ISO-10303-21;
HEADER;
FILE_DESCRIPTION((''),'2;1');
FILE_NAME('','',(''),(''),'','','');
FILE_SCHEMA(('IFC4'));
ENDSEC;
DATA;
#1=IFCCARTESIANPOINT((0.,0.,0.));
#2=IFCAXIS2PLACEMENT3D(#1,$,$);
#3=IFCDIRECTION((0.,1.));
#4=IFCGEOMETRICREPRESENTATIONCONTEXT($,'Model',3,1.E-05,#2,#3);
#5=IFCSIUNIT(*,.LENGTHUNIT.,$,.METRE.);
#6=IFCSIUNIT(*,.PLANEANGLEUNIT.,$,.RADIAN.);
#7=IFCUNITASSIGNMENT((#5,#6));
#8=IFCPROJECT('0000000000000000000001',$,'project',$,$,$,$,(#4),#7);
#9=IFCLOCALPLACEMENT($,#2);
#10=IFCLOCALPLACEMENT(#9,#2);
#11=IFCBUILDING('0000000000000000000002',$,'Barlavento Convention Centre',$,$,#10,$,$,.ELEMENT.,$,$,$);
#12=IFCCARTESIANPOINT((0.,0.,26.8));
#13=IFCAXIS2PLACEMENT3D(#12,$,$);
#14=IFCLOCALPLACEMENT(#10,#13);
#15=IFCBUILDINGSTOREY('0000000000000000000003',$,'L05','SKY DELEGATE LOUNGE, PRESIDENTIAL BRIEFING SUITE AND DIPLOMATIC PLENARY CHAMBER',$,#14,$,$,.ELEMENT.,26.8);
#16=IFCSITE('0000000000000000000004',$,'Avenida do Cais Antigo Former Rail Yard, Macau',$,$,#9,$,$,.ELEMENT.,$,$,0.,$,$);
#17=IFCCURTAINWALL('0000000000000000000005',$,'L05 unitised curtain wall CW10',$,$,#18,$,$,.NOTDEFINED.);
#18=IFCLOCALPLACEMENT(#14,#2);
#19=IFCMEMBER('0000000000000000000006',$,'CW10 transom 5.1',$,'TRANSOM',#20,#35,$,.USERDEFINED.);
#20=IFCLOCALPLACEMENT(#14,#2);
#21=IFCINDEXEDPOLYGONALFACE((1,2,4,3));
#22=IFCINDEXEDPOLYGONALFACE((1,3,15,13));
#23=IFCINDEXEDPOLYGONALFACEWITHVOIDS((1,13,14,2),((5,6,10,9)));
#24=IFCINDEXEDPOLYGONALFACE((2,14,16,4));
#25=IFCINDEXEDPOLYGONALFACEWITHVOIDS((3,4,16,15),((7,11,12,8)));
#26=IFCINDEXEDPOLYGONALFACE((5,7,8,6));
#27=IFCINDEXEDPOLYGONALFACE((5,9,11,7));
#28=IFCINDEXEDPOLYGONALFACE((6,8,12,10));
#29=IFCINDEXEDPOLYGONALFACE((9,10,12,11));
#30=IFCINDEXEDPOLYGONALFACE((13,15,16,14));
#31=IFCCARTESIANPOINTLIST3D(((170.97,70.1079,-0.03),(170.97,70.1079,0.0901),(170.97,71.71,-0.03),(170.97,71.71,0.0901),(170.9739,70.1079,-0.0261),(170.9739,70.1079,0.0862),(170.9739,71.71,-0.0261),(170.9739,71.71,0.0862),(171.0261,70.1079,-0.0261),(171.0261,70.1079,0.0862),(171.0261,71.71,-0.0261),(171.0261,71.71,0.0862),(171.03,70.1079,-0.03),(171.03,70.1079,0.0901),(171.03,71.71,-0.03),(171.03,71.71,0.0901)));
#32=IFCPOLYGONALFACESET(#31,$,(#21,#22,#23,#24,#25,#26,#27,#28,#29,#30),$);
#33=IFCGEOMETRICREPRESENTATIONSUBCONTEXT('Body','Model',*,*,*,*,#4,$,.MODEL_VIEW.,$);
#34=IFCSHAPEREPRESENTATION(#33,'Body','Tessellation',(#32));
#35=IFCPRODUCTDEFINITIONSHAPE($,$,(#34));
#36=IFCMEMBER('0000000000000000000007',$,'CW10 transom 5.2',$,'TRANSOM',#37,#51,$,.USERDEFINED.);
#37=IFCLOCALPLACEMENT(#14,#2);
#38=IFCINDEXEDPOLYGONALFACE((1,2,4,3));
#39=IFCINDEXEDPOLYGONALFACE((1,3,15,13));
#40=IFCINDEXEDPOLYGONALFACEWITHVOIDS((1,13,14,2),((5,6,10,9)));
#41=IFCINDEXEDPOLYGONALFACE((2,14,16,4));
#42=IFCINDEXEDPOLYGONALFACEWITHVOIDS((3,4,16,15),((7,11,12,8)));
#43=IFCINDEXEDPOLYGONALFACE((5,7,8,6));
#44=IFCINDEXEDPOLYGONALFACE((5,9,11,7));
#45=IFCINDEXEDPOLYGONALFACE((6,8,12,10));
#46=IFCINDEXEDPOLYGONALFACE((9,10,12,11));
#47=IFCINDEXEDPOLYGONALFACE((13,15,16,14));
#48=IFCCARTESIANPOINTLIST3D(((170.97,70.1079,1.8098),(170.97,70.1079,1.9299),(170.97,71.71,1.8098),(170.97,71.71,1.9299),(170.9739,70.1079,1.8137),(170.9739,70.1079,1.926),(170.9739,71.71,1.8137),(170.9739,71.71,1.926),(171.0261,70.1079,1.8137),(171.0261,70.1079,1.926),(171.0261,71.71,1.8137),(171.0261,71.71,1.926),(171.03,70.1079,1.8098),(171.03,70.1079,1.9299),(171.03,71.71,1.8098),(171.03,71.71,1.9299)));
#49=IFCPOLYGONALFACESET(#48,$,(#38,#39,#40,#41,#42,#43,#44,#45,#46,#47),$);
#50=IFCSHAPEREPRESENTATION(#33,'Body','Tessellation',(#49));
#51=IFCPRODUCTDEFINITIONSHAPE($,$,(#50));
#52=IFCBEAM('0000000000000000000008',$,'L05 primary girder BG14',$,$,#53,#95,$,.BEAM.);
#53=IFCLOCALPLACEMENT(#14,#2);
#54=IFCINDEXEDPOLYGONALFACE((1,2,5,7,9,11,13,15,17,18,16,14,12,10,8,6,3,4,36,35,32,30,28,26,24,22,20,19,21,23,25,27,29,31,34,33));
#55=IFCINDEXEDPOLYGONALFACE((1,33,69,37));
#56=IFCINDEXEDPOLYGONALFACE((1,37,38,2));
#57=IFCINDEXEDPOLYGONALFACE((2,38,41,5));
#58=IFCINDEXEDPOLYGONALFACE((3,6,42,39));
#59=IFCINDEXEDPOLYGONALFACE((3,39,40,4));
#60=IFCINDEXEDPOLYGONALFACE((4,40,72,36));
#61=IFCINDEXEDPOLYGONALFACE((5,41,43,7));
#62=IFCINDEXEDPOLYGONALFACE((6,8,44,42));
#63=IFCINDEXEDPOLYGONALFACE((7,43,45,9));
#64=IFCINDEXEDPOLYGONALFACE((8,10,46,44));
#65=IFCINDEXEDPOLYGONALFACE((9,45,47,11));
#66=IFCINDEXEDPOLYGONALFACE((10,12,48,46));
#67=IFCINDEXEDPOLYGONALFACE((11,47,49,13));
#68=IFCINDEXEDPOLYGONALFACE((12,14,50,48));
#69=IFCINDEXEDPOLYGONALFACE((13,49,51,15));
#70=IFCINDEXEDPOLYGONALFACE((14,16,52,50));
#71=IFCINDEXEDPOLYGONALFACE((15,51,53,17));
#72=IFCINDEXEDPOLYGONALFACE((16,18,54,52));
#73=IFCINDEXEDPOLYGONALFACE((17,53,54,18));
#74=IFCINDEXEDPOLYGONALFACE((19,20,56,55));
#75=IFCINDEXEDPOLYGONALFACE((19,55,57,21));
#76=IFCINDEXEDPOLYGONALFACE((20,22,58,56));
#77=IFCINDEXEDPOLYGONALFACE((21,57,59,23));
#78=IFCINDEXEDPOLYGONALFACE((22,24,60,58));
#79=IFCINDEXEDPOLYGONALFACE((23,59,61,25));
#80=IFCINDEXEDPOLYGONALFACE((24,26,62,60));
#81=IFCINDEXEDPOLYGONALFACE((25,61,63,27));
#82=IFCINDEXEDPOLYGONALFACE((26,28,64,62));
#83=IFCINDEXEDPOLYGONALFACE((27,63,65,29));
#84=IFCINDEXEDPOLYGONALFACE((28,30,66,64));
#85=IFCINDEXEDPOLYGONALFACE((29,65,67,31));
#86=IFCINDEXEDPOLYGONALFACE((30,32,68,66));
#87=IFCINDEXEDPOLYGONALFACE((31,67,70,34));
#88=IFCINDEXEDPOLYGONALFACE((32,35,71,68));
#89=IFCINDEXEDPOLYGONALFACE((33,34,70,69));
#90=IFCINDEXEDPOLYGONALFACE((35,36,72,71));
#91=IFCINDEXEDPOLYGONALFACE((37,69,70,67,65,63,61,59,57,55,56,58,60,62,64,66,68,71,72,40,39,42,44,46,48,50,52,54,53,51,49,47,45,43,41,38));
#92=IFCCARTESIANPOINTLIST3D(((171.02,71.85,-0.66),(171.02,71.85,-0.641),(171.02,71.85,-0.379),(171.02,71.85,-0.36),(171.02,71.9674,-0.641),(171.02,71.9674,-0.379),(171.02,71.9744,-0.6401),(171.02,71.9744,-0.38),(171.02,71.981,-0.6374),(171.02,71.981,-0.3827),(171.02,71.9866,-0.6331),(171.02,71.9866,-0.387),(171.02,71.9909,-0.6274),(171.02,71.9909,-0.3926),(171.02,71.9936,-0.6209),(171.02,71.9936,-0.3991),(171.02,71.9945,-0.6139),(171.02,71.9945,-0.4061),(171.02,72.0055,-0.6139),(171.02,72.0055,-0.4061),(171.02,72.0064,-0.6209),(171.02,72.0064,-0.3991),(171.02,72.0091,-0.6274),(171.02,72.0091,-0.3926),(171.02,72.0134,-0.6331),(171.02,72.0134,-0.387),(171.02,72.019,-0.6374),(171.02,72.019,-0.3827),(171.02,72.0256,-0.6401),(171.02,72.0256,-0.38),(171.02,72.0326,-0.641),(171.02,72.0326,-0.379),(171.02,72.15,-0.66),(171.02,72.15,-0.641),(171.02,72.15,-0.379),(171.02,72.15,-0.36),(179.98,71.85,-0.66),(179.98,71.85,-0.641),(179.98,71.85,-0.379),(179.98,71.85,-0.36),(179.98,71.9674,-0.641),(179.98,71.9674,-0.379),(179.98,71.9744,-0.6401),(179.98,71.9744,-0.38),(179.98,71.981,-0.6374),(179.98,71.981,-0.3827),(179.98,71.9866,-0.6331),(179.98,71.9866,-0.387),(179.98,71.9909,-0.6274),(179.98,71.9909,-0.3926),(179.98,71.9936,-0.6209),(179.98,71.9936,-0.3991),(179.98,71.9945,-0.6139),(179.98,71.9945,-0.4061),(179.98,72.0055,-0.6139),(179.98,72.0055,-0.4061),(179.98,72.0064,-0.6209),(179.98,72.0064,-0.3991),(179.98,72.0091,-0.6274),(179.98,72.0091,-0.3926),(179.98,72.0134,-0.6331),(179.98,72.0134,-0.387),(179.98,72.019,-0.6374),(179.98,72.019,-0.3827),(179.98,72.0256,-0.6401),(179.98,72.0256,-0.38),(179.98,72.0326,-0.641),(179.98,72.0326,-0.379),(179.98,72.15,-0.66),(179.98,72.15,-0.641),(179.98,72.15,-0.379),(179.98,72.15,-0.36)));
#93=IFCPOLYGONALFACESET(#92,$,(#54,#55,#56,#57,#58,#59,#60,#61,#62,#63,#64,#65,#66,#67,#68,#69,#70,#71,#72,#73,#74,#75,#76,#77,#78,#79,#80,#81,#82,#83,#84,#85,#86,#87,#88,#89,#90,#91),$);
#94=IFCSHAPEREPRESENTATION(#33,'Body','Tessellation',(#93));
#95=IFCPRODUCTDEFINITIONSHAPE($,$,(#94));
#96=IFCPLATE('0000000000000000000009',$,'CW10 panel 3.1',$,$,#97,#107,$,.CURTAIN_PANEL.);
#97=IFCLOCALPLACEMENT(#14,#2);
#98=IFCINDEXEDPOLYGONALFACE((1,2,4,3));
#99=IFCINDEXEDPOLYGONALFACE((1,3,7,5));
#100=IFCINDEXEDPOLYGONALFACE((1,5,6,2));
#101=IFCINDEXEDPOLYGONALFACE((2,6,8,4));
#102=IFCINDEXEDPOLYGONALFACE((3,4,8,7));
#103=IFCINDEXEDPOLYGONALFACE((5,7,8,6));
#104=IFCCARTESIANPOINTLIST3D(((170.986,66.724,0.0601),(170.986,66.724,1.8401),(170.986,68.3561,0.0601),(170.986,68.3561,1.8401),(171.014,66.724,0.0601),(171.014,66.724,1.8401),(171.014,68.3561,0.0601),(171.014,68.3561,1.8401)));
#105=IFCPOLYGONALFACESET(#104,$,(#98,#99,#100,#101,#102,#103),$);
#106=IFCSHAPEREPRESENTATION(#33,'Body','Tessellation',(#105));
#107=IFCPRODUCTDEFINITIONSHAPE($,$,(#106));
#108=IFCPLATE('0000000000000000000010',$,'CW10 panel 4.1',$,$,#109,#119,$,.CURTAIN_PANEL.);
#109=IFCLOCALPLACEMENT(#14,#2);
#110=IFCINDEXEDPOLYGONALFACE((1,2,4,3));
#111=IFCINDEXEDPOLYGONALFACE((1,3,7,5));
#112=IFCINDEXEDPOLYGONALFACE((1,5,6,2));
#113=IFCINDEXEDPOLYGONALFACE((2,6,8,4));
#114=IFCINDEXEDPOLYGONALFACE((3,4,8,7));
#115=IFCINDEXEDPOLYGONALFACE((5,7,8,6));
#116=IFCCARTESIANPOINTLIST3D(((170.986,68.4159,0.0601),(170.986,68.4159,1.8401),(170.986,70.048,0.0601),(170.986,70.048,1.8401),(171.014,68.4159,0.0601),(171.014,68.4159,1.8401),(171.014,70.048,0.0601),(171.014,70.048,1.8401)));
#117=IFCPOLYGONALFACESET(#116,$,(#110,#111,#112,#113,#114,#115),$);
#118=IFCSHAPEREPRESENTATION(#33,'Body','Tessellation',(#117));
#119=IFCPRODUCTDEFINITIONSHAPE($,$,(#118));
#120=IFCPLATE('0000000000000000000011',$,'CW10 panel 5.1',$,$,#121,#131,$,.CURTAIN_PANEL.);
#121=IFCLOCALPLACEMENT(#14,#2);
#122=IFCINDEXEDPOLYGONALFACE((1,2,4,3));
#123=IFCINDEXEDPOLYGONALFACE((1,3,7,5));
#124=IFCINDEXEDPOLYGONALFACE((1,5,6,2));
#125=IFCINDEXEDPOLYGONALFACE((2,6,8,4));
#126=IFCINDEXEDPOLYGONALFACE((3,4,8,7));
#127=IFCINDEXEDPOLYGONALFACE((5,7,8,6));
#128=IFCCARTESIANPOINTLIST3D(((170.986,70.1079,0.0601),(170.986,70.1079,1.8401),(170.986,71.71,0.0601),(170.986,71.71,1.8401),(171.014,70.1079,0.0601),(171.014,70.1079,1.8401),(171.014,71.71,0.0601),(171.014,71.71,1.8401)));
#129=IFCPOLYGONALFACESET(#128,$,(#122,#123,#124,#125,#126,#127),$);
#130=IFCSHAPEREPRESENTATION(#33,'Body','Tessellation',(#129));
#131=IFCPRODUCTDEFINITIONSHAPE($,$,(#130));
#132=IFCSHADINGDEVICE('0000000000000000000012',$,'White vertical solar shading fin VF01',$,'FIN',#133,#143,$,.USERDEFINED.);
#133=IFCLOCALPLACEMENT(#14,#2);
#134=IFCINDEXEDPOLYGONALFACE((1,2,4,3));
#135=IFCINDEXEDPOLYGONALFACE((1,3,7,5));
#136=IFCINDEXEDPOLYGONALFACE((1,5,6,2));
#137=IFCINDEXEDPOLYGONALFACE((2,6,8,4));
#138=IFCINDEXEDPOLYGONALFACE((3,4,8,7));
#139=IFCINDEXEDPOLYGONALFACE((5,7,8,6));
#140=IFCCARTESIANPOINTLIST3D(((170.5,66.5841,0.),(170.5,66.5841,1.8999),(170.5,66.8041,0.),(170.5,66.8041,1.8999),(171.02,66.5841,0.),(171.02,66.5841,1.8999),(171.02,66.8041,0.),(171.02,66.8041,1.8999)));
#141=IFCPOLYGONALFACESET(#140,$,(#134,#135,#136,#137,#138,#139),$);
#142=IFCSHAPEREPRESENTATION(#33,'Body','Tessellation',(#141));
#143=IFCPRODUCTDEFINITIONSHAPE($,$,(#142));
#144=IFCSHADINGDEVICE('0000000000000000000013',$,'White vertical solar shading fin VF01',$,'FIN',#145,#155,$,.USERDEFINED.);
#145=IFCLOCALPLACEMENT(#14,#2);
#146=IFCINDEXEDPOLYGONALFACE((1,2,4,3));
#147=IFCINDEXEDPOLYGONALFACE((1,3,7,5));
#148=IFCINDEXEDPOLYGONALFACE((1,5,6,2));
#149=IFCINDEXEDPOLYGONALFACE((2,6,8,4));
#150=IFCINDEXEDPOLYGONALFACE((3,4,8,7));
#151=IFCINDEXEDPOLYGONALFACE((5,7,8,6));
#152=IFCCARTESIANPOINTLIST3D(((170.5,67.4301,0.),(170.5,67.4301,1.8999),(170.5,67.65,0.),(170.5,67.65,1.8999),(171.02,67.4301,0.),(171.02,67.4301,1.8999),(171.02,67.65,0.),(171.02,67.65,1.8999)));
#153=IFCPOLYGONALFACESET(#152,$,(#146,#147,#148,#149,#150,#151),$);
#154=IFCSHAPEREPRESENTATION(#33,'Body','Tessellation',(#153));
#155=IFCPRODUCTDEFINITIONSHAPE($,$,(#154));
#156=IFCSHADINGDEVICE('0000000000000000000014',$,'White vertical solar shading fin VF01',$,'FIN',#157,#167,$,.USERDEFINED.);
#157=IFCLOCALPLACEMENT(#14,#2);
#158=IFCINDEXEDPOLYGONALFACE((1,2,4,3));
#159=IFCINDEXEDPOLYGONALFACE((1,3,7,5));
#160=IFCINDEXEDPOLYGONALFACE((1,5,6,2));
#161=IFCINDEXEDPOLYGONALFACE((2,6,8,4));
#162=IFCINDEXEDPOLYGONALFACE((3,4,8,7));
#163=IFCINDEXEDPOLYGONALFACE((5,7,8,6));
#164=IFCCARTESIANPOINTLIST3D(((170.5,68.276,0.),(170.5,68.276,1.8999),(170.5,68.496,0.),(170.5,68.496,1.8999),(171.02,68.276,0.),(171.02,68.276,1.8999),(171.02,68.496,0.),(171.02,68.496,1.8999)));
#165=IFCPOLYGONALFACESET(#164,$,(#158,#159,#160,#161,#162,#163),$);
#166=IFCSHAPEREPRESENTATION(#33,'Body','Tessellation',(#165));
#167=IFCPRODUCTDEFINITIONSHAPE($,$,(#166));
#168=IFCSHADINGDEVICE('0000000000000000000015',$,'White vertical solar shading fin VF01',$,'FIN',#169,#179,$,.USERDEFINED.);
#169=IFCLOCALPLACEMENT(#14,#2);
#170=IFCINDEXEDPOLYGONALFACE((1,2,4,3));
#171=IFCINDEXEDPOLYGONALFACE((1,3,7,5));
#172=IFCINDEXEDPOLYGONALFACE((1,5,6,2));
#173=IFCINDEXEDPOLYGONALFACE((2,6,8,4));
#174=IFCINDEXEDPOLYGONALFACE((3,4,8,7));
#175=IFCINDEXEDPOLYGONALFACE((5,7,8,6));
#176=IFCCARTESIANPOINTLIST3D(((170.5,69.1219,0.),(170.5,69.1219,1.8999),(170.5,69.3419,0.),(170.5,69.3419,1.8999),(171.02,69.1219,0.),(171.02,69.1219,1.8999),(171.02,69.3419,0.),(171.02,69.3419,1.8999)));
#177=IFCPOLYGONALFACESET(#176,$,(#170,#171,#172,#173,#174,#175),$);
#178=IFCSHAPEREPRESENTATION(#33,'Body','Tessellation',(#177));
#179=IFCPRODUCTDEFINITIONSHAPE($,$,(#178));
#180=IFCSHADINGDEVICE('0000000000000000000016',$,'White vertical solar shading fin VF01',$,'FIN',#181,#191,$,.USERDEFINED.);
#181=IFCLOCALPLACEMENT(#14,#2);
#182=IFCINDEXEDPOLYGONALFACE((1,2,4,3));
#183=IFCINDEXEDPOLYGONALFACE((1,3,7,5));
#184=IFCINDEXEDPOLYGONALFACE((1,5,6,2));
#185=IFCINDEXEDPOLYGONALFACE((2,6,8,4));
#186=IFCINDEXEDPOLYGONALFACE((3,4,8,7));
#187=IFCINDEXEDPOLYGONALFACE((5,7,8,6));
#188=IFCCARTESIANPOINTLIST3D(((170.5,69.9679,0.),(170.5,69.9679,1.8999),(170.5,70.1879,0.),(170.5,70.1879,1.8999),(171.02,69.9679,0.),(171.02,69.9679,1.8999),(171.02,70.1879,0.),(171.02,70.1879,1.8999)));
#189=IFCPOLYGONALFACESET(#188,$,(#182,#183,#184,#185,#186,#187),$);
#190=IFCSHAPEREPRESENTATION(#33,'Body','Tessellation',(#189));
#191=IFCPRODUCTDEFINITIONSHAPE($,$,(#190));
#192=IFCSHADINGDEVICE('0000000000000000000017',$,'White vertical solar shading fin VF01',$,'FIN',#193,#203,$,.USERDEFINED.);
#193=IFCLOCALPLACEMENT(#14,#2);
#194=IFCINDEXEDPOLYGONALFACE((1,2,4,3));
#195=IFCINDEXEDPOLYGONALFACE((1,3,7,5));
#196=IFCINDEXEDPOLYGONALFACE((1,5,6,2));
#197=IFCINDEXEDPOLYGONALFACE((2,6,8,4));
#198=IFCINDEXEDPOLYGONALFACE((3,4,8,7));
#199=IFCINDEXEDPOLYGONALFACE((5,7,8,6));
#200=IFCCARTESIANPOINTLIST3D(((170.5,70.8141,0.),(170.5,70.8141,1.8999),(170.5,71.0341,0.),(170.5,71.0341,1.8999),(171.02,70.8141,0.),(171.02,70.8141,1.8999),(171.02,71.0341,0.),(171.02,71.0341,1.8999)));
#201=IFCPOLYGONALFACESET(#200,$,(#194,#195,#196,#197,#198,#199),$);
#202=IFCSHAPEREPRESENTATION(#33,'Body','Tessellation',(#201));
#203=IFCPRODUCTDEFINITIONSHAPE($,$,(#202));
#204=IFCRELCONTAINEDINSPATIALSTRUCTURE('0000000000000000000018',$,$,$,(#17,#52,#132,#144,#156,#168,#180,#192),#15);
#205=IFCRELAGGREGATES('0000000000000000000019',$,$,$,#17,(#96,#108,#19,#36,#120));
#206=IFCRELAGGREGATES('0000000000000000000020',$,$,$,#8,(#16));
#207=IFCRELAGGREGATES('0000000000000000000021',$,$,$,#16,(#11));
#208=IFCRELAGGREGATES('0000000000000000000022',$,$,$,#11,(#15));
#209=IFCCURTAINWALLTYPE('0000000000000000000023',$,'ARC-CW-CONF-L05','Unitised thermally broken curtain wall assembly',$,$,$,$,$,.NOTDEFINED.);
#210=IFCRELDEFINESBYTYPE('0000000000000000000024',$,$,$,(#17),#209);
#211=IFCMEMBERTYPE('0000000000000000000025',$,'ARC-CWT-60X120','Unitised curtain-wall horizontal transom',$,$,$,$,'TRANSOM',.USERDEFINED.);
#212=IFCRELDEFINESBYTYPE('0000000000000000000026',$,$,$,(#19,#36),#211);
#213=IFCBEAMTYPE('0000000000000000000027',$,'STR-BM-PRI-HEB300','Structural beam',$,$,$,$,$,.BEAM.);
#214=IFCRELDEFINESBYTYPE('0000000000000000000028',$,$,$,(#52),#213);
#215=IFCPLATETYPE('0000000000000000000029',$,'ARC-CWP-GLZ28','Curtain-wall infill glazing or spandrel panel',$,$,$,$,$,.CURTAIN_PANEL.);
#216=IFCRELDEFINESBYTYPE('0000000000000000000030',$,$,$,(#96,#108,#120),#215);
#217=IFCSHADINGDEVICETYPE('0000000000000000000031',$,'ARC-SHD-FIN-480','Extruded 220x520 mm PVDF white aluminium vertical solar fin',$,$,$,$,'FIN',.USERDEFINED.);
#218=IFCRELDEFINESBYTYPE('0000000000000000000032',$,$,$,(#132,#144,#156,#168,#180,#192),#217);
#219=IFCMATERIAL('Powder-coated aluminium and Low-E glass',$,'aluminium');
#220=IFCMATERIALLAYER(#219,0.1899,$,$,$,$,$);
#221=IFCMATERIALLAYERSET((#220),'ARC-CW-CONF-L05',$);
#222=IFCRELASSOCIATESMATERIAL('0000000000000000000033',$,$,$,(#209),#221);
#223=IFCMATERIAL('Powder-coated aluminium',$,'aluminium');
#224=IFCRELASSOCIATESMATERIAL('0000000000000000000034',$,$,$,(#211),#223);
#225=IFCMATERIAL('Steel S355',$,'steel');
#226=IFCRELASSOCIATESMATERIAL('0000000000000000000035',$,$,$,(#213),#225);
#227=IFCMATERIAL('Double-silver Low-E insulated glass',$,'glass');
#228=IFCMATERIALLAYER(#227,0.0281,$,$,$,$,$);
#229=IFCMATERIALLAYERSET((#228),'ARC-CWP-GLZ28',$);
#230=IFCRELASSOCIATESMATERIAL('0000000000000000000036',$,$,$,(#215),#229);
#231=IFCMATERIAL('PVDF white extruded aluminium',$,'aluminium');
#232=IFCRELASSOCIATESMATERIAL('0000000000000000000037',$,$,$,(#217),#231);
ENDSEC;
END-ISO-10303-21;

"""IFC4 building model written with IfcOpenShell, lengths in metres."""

from ifc_helpers import new_model, si_unit, direction, frame, origin, origin_2d, place, context, subcontext, project, spatial, rectangle, hollow_rectangle, i_section, extrude, material, layer, layer_set, material_profile, profile_set, type_object, element, aggregate, save


model = new_model("IFC4")

# Units and contexts
model_context = context("Model", 3, precision=1e-05, world=origin(), true_north=direction((0.0, 1.0)))
body_context = subcontext(model_context, "Body", "Model", "MODEL_VIEW")
ifc_project = project(units=[si_unit("LENGTHUNIT", "METRE"), si_unit("PLANEANGLEUNIT", "RADIAN")], contexts=[model_context])

# Site, building, storey
site_placement = place(None, origin())
site = spatial("IfcSite", under=ifc_project, at=site_placement, Name="Avenida do Cais Antigo Former Rail Yard, Macau", CompositionType="ELEMENT", RefElevation=0.0)
building_placement = place(site_placement, origin())
building = spatial("IfcBuilding", under=site, at=building_placement, Name="Barlavento Convention Centre", CompositionType="ELEMENT")
storey_placement = place(building_placement, frame((0.0, 0.0, 26.8)))
storey = spatial("IfcBuildingStorey", under=building, at=storey_placement, Name="L05", Description="SKY DELEGATE LOUNGE, PRESIDENTIAL BRIEFING SUITE AND DIPLOMATIC PLENARY CHAMBER", CompositionType="ELEMENT", Elevation=26.8)

# Shared definitions
ifc_material_1 = material(Name="Steel S355", Category="steel")

# Curtain wall, members
ifc_material_2 = material(Name="Powder-coated aluminium and Low-E glass", Category="aluminium")
ifc_layer_1 = layer(ifc_material_2, 0.1899)
ifc_layer_set_1 = layer_set([ifc_layer_1], Name="ARC-CW-CONF-L05")
curtain_wall_type = type_object("IfcCurtainWallType", Name="ARC-CW-CONF-L05", Description="Unitised thermally broken curtain wall assembly", PredefinedType="NOTDEFINED", material=ifc_layer_set_1)
curtain_wall_placement = place(storey_placement, origin())
curtain_wall = element("IfcCurtainWall", 1, at=curtain_wall_placement, inside=storey, type_object=curtain_wall_type, Name="L05 unitised curtain wall CW10", PredefinedType="NOTDEFINED")
ifc_material_3 = material(Name="Powder-coated aluminium", Category="aluminium")
ifc_material_profile_1 = material_profile(ifc_material_3, hollow_rectangle(XDim=0.0601, YDim=0.1201, WallThickness=0.0039, at=origin_2d()), Name="AL-TRAN 60x120x4")
ifc_profile_set_1 = profile_set([ifc_material_profile_1], Name="Powder-coated aluminium")
member_type_1 = type_object("IfcMemberType", Name="ARC-CWT-60X120", Description="Unitised curtain-wall horizontal transom", ElementType="TRANSOM", PredefinedType="USERDEFINED", material=ifc_profile_set_1)
member_1_placement = place(storey_placement, frame((171.0, 70.1079, 0.03), z_axis=(0.0, 1.0, 0.0), x_axis=(-1.0, 0.0, 0.0)))
member_1 = element("IfcMember", 2, at=member_1_placement, type_object=member_type_1, Name="CW10 transom 5.1", ObjectType="TRANSOM", PredefinedType="USERDEFINED", context=body_context, shape_type="SweptSolid", body=[
    extrude(hollow_rectangle(XDim=0.0601, YDim=0.1201, WallThickness=0.0039, at=origin_2d()), origin(), (0.0, 0.0, 1.0), 1.6021),
])
member_2_placement = place(storey_placement, frame((171.0, 70.1079, 1.8699), z_axis=(0.0, 1.0, 0.0), x_axis=(-1.0, 0.0, 0.0)))
member_2 = element("IfcMember", 3, at=member_2_placement, type_object=member_type_1, Name="CW10 transom 5.2", ObjectType="TRANSOM", PredefinedType="USERDEFINED", context=body_context, shape_type="SweptSolid", body=[
    extrude(hollow_rectangle(XDim=0.0601, YDim=0.1201, WallThickness=0.0039, at=origin_2d()), origin(), (0.0, 0.0, 1.0), 1.6021),
])

# Beam
ifc_material_profile_2 = material_profile(ifc_material_1, i_section(OverallWidth=0.3, OverallDepth=0.3, WebThickness=0.011, FlangeThickness=0.019, FilletRadius=0.0271, at=origin_2d()), Name="HEB 300")
ifc_profile_set_2 = profile_set([ifc_material_profile_2], Name="Steel S355")
beam_type = type_object("IfcBeamType", Name="STR-BM-PRI-HEB300", Description="Structural beam", PredefinedType="BEAM", material=ifc_profile_set_2)
beam_placement = place(storey_placement, frame((171.02, 72.0, -0.51), z_axis=(1.0, 0.0, 0.0), x_axis=(0.0, 1.0, 0.0)))
element("IfcBeam", 4, at=beam_placement, inside=storey, type_object=beam_type, Name="L05 primary girder BG14", PredefinedType="BEAM", context=body_context, shape_type="SweptSolid", body=[
    extrude(i_section(OverallWidth=0.3, OverallDepth=0.3, WebThickness=0.011, FlangeThickness=0.019, FilletRadius=0.0271, at=origin_2d()), origin(), (0.0, 0.0, 1.0), 8.96),
])

# Plates
ifc_material_4 = material(Name="Double-silver Low-E insulated glass", Category="glass")
ifc_layer_2 = layer(ifc_material_4, 0.0281)
ifc_layer_set_2 = layer_set([ifc_layer_2], Name="ARC-CWP-GLZ28")
plate_type = type_object("IfcPlateType", Name="ARC-CWP-GLZ28", Description="Curtain-wall infill glazing or spandrel panel", PredefinedType="CURTAIN_PANEL", material=ifc_layer_set_2)
plate_1_placement = place(storey_placement, frame((171.0, 67.54, 0.0601), z_axis=(0.0, 0.0, 1.0), x_axis=(0.0, 1.0, 0.0)))
plate_1 = element("IfcPlate", 5, at=plate_1_placement, type_object=plate_type, Name="CW10 panel 3.1", PredefinedType="CURTAIN_PANEL", context=body_context, shape_type="SweptSolid", body=[
    extrude(rectangle(XDim=1.6321, YDim=0.0281, at=origin_2d()), origin(), (0.0, 0.0, 1.0), 1.78),
])
plate_2_placement = place(storey_placement, frame((171.0, 69.2319, 0.0601), z_axis=(0.0, 0.0, 1.0), x_axis=(0.0, 1.0, 0.0)))
plate_2 = element("IfcPlate", 6, at=plate_2_placement, type_object=plate_type, Name="CW10 panel 4.1", PredefinedType="CURTAIN_PANEL", context=body_context, shape_type="SweptSolid", body=[
    extrude(rectangle(XDim=1.6321, YDim=0.0281, at=origin_2d()), origin(), (0.0, 0.0, 1.0), 1.78),
])
plate_3_placement = place(storey_placement, frame((171.0, 70.9089, 0.0601), z_axis=(0.0, 0.0, 1.0), x_axis=(0.0, 1.0, 0.0)))
plate_3 = element("IfcPlate", 7, at=plate_3_placement, type_object=plate_type, Name="CW10 panel 5.1", PredefinedType="CURTAIN_PANEL", context=body_context, shape_type="SweptSolid", body=[
    extrude(rectangle(XDim=1.6021, YDim=0.0281, at=origin_2d()), origin(), (0.0, 0.0, 1.0), 1.78),
])
aggregate(curtain_wall, [plate_1, plate_2, member_1, member_2, plate_3])

# Shading devices
ifc_material_5 = material(Name="PVDF white extruded aluminium", Category="aluminium")
shading_device_type = type_object("IfcShadingDeviceType", Name="ARC-SHD-FIN-480", Description="Extruded 220x520 mm PVDF white aluminium vertical solar fin", ElementType="FIN", PredefinedType="USERDEFINED", material=ifc_material_5)
for number, where, z_axis, x_axis, name in (
    (8, (170.76, 66.6941, 0.0), (0.0, 0.0, 1.0), (0.0, 1.0, 0.0), "White vertical solar shading fin VF01"),
    (9, (170.76, 67.54, 0.0), (0.0, 0.0, 1.0), (0.0, 1.0, 0.0), "White vertical solar shading fin VF01"),
    (10, (170.76, 68.386, 0.0), (0.0, 0.0, 1.0), (0.0, 1.0, 0.0), "White vertical solar shading fin VF01"),
    (11, (170.76, 69.2319, 0.0), (0.0, 0.0, 1.0), (0.0, 1.0, 0.0), "White vertical solar shading fin VF01"),
    (12, (170.76, 70.0779, 0.0), (0.0, 0.0, 1.0), (0.0, 1.0, 0.0), "White vertical solar shading fin VF01"),
    (13, (170.76, 70.9241, 0.0), (0.0, 0.0, 1.0), (0.0, 1.0, 0.0), "White vertical solar shading fin VF01"),
):
    element("IfcShadingDevice", number, at=place(storey_placement, frame(where, z_axis=z_axis, x_axis=x_axis)), inside=storey, type_object=shading_device_type, Name=name, ObjectType="FIN", PredefinedType="USERDEFINED", context=body_context, shape_type="SweptSolid", body=[
        extrude(rectangle(XDim=0.22, YDim=0.52, at=origin_2d()), origin(), (0.0, 0.0, 1.0), 1.8999),
    ])

save(model, "model.ifc")
